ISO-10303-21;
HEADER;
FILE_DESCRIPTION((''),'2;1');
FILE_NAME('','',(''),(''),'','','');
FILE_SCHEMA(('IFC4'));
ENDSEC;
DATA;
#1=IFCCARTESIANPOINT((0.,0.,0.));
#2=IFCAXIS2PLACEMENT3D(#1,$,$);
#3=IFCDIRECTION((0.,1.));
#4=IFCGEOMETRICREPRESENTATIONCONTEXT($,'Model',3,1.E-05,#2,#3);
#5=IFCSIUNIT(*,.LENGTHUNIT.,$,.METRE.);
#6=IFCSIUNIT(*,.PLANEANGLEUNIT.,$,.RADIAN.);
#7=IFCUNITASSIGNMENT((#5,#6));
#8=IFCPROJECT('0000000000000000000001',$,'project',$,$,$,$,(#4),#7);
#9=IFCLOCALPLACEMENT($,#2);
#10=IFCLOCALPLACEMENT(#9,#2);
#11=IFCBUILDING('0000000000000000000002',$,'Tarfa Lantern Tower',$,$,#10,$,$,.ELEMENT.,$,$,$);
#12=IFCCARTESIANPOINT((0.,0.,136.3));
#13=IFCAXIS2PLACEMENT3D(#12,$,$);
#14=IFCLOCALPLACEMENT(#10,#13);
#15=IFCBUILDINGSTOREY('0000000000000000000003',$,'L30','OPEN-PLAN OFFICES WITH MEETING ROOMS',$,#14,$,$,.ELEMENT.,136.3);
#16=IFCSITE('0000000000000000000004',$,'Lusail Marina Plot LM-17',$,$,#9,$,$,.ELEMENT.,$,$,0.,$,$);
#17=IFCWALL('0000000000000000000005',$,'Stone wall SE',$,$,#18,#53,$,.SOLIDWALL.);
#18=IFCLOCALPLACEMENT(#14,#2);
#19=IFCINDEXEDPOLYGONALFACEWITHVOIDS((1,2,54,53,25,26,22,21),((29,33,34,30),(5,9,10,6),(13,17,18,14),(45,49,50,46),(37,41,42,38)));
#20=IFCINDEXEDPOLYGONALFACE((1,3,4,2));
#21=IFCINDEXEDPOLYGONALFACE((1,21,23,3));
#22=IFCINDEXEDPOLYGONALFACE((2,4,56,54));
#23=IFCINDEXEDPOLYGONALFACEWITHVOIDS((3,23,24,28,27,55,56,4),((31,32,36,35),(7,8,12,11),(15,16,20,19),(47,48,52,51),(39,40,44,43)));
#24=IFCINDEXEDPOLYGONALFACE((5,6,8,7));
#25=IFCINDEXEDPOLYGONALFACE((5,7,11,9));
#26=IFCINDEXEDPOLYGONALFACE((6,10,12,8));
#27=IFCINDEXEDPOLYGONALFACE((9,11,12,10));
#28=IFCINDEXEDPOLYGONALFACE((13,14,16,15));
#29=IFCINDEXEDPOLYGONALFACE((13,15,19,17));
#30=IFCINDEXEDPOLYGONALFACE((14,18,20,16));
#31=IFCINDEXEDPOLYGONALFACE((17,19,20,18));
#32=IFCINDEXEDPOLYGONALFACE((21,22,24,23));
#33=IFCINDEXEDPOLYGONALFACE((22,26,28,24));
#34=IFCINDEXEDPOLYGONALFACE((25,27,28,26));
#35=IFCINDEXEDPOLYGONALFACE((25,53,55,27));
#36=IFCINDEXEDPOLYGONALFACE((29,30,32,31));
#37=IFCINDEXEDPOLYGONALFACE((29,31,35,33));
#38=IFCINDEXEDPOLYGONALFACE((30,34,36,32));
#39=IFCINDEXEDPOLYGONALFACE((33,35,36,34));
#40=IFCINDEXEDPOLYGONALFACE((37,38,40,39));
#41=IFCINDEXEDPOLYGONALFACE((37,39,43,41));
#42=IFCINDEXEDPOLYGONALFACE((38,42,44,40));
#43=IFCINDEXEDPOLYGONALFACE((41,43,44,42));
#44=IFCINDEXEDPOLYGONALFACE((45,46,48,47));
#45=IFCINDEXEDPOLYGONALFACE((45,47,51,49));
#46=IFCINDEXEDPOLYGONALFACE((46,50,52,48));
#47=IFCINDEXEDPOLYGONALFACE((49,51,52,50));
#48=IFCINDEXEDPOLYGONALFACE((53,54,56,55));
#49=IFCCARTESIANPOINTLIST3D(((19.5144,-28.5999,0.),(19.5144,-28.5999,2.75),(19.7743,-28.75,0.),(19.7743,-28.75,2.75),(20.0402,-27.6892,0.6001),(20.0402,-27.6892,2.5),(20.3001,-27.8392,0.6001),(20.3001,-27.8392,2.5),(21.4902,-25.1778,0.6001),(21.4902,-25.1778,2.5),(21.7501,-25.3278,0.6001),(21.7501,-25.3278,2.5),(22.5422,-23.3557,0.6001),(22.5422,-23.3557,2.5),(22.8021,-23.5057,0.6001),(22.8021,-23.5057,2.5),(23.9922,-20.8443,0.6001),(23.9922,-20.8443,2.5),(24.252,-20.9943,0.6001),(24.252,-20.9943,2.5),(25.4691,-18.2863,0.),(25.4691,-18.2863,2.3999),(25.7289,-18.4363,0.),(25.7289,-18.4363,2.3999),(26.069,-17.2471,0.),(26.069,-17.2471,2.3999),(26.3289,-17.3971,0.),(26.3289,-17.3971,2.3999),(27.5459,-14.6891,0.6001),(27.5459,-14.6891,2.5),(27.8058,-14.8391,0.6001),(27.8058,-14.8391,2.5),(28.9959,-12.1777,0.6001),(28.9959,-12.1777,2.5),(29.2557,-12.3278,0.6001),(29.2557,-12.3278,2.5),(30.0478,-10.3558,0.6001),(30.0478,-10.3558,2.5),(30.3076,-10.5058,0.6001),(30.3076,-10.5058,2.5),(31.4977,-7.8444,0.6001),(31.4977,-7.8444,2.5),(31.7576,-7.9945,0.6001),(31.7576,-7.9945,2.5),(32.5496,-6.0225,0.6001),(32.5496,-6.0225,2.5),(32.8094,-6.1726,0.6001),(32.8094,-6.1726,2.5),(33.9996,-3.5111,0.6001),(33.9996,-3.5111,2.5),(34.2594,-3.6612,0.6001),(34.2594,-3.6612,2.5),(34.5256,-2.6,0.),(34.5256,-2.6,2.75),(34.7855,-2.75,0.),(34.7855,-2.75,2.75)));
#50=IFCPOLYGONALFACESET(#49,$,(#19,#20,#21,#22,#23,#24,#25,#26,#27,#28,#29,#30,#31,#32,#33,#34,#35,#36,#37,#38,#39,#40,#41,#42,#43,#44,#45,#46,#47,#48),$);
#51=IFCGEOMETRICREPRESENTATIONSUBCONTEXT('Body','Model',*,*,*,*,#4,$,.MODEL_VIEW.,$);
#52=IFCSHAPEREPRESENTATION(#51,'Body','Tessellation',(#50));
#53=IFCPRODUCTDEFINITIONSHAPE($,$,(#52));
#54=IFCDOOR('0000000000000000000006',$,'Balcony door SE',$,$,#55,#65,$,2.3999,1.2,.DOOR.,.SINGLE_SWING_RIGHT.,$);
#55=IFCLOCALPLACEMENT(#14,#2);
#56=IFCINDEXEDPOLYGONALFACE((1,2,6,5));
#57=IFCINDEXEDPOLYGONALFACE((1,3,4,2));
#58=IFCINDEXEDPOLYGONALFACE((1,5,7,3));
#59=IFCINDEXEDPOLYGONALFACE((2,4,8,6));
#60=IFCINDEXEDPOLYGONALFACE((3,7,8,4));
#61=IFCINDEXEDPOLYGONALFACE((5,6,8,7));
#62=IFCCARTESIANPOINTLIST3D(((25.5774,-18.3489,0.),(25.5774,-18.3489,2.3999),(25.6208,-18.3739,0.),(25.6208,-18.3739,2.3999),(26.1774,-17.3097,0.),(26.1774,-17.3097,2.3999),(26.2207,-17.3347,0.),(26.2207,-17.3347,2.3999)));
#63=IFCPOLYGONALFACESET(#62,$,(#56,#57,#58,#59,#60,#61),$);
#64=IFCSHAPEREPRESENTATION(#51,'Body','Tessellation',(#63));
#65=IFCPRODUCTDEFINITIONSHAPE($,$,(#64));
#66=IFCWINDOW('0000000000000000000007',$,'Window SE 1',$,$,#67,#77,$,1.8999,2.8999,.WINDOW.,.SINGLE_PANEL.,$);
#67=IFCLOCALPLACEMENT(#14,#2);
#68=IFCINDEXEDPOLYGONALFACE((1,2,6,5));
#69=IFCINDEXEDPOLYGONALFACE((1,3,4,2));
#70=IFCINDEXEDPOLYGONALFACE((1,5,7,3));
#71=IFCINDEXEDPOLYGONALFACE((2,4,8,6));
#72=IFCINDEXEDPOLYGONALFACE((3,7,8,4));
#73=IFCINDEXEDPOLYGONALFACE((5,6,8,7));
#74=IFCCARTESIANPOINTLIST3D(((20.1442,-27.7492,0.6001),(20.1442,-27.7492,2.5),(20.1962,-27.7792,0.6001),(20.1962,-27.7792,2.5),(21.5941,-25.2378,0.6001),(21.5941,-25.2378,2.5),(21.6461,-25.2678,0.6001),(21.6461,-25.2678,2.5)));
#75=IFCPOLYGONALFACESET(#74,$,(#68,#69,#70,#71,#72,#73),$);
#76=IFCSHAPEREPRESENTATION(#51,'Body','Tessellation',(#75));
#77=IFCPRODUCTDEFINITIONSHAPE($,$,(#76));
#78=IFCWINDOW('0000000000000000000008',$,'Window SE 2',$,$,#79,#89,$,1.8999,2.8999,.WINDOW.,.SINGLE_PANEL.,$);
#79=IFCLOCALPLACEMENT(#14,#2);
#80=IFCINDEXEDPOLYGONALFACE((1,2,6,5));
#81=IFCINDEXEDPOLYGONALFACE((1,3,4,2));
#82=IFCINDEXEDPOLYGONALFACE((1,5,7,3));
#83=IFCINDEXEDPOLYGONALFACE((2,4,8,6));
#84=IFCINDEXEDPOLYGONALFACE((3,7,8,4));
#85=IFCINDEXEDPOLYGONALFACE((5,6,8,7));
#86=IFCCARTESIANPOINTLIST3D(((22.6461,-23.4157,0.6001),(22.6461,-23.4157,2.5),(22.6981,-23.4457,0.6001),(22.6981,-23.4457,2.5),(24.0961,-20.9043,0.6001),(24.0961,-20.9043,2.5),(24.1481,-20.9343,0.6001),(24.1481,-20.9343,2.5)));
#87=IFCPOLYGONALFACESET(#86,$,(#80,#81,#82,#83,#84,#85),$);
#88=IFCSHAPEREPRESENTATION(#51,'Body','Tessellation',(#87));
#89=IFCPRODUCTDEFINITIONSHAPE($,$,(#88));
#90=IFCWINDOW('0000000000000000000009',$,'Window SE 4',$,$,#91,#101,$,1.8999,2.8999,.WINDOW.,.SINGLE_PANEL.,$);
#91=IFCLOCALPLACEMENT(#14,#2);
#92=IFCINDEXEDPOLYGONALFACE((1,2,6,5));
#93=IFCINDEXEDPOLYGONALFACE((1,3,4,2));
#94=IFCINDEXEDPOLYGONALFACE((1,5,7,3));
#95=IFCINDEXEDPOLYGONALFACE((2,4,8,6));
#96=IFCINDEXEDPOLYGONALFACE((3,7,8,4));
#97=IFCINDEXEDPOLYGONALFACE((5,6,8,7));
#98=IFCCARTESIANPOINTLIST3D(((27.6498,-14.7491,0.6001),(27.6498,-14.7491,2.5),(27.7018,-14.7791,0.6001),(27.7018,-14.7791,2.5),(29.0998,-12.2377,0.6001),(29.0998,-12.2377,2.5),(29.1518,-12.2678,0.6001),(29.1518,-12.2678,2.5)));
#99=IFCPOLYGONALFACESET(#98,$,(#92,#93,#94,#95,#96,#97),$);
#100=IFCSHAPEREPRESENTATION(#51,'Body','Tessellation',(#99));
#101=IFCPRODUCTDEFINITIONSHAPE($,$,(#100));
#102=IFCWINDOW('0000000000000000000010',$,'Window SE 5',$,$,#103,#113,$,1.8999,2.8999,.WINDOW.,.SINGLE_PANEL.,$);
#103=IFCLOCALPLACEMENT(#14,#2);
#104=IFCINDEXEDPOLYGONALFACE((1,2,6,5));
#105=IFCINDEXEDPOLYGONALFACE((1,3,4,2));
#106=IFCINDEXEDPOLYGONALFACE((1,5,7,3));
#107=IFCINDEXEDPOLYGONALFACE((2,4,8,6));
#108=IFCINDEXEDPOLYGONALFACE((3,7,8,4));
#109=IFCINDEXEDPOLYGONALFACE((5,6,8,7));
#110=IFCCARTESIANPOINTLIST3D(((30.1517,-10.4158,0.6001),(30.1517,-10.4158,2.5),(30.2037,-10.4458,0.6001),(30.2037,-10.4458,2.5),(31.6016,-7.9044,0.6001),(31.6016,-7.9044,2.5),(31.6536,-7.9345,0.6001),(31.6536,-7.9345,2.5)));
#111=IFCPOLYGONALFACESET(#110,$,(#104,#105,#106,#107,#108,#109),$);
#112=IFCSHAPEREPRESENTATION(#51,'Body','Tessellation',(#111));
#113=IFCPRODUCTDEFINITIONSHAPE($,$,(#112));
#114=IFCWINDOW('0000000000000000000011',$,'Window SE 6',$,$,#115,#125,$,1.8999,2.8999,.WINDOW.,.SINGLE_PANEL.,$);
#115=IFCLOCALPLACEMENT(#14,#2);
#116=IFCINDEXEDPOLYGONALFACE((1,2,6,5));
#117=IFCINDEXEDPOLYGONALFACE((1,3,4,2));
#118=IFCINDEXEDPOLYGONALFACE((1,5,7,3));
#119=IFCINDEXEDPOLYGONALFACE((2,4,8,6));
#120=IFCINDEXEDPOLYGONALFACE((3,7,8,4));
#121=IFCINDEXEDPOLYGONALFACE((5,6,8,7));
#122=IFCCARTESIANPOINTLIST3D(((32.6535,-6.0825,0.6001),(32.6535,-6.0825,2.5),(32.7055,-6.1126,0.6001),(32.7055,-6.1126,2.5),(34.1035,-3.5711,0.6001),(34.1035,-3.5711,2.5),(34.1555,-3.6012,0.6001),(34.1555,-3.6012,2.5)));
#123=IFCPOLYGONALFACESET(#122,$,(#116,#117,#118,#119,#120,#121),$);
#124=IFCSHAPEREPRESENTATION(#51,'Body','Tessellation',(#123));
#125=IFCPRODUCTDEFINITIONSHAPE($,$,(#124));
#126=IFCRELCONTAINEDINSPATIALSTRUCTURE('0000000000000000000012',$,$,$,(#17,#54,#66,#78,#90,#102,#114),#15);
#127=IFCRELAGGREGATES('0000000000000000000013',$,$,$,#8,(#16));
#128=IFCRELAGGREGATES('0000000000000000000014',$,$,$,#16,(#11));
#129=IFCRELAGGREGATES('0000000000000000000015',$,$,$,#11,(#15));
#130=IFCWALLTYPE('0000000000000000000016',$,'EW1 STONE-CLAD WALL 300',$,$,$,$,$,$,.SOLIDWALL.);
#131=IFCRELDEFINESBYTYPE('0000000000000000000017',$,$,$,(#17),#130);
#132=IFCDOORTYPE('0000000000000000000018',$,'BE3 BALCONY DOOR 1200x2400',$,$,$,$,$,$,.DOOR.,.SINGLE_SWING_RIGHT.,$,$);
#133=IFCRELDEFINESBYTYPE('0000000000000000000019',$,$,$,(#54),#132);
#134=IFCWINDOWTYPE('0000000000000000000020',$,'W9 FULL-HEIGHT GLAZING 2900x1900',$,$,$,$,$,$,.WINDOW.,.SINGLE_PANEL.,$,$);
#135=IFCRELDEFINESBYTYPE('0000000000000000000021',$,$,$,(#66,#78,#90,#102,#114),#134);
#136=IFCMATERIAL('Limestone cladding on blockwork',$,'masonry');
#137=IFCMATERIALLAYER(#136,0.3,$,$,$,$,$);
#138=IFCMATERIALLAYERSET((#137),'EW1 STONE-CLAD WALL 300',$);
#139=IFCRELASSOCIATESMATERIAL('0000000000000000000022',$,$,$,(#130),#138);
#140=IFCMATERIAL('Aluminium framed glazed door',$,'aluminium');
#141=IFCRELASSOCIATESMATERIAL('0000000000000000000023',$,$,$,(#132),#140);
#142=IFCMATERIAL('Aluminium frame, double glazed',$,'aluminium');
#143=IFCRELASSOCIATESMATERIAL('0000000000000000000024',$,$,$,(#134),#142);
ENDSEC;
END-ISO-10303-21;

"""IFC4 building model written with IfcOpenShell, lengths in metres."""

from ifc_helpers import new_model, si_unit, direction, frame, frame_2d, origin, place, context, subcontext, project, spatial, rectangle, extrude, material, layer, layer_set, type_object, element, fill, save


model = new_model("IFC4")

# Units and contexts
model_context = context("Model", 3, precision=1e-05, world=origin(), true_north=direction((0.0, 1.0)))
body_context = subcontext(model_context, "Body", "Model", "MODEL_VIEW")
ifc_project = project(units=[si_unit("LENGTHUNIT", "METRE"), si_unit("PLANEANGLEUNIT", "RADIAN")], contexts=[model_context])

# Site, building, storey
site_placement = place(None, origin())
site = spatial("IfcSite", under=ifc_project, at=site_placement, Name="Lusail Marina Plot LM-17", CompositionType="ELEMENT", RefElevation=0.0)
building_placement = place(site_placement, origin())
building = spatial("IfcBuilding", under=site, at=building_placement, Name="Tarfa Lantern Tower", CompositionType="ELEMENT")
storey_placement = place(building_placement, frame((0.0, 0.0, 136.3)))
storey = spatial("IfcBuildingStorey", under=building, at=storey_placement, Name="L30", Description="OPEN-PLAN OFFICES WITH MEETING ROOMS", CompositionType="ELEMENT", Elevation=136.3)

# Wall, openings, door, windows
ifc_material_1 = material(Name="Limestone cladding on blockwork", Category="masonry")
ifc_layer = layer(ifc_material_1, 0.3)
ifc_layer_set = layer_set([ifc_layer], Name="EW1 STONE-CLAD WALL 300")
wall_type = type_object("IfcWallType", Name="EW1 STONE-CLAD WALL 300", PredefinedType="SOLIDWALL", material=ifc_layer_set)
wall_placement = place(storey_placement, frame((19.6443, -28.675, 0.0), z_axis=(0.0, 0.0, 1.0), x_axis=(0.500003, 0.866024, 0.0)))
wall = element("IfcWall", 1, at=wall_placement, inside=storey, type_object=wall_type, Name="Stone wall SE", PredefinedType="SOLIDWALL", context=body_context, shape_type="SweptSolid", body=[
    extrude(rectangle(XDim=30.0222, YDim=0.3, at=frame_2d((15.0112, 0.0))), origin(), (0.0, 0.0, 1.0), 2.75),
])
opening_1_placement = place(wall_placement, frame((1.0518, 0.0, 0.6001)))
opening_1 = element("IfcOpeningElement", 2, at=opening_1_placement, cuts=wall, PredefinedType="OPENING", context=body_context, shape_type="SweptSolid", body=[
    extrude(rectangle(XDim=2.8999, YDim=1.8999, at=frame_2d((1.45, 0.95))), frame((0.0, 0.1599, 0.0), z_axis=(0.0, -1.0, 0.0), x_axis=(1.0, 0.0, 0.0)), (0.0, 0.0, 1.0), 0.3201),
])
opening_2_placement = place(wall_placement, frame((6.0557, 0.0, 0.6001)))
opening_2 = element("IfcOpeningElement", 3, at=opening_2_placement, cuts=wall, PredefinedType="OPENING", context=body_context, shape_type="SweptSolid", body=[
    extrude(rectangle(XDim=2.8999, YDim=1.8999, at=frame_2d((1.45, 0.95))), frame((0.0, 0.1599, 0.0), z_axis=(0.0, -1.0, 0.0), x_axis=(1.0, 0.0, 0.0)), (0.0, 0.0, 1.0), 0.3201),
])
opening_3_placement = place(wall_placement, frame((11.9092, 0.0, 0.0)))
opening_3 = element("IfcOpeningElement", 4, at=opening_3_placement, cuts=wall, PredefinedType="OPENING", context=body_context, shape_type="SweptSolid", body=[
    extrude(rectangle(XDim=1.2, YDim=2.3999, at=frame_2d((0.6001, 1.2))), frame((0.0, 0.1599, 0.0), z_axis=(0.0, -1.0, 0.0), x_axis=(1.0, 0.0, 0.0)), (0.0, 0.0, 1.0), 0.3201),
])
opening_4_placement = place(wall_placement, frame((16.063, 0.0, 0.6001)))
opening_4 = element("IfcOpeningElement", 5, at=opening_4_placement, cuts=wall, PredefinedType="OPENING", context=body_context, shape_type="SweptSolid", body=[
    extrude(rectangle(XDim=2.8999, YDim=1.8999, at=frame_2d((1.45, 0.95))), frame((0.0, 0.1599, 0.0), z_axis=(0.0, -1.0, 0.0), x_axis=(1.0, 0.0, 0.0)), (0.0, 0.0, 1.0), 0.3201),
])
opening_5_placement = place(wall_placement, frame((21.0667, 0.0, 0.6001)))
opening_5 = element("IfcOpeningElement", 6, at=opening_5_placement, cuts=wall, PredefinedType="OPENING", context=body_context, shape_type="SweptSolid", body=[
    extrude(rectangle(XDim=2.8999, YDim=1.8999, at=frame_2d((1.45, 0.95))), frame((0.0, 0.1599, 0.0), z_axis=(0.0, -1.0, 0.0), x_axis=(1.0, 0.0, 0.0)), (0.0, 0.0, 1.0), 0.3201),
])
opening_6_placement = place(wall_placement, frame((26.0703, 0.0, 0.6001)))
opening_6 = element("IfcOpeningElement", 7, at=opening_6_placement, cuts=wall, PredefinedType="OPENING", context=body_context, shape_type="SweptSolid", body=[
    extrude(rectangle(XDim=2.8999, YDim=1.8999, at=frame_2d((1.45, 0.95))), frame((0.0, 0.1599, 0.0), z_axis=(0.0, -1.0, 0.0), x_axis=(1.0, 0.0, 0.0)), (0.0, 0.0, 1.0), 0.3201),
])
ifc_material_2 = material(Name="Aluminium framed glazed door", Category="aluminium")
door_type = type_object("IfcDoorType", Name="BE3 BALCONY DOOR 1200x2400", OperationType="SINGLE_SWING_RIGHT", PredefinedType="DOOR", material=ifc_material_2)
door_placement = place(opening_3_placement, origin())
door = element("IfcDoor", 8, at=door_placement, inside=storey, type_object=door_type, Name="Balcony door SE", OperationType="SINGLE_SWING_RIGHT", OverallHeight=2.3999, OverallWidth=1.2, PredefinedType="DOOR", context=body_context, shape_type="SweptSolid", body=[
    extrude(rectangle(XDim=1.2, YDim=2.3999, at=frame_2d((0.6001, 1.2))), frame((0.0, 0.0249, 0.0), z_axis=(0.0, -1.0, 0.0), x_axis=(1.0, 0.0, 0.0)), (0.0, 0.0, 1.0), 0.05),
])
fill(opening_3, door)
ifc_material_3 = material(Name="Aluminium frame, double glazed", Category="aluminium")
window_type = type_object("IfcWindowType", Name="W9 FULL-HEIGHT GLAZING 2900x1900", PartitioningType="SINGLE_PANEL", PredefinedType="WINDOW", material=ifc_material_3)
window_1_placement = place(opening_1_placement, origin())
window_1 = element("IfcWindow", 9, at=window_1_placement, inside=storey, type_object=window_type, Name="Window SE 1", OverallHeight=1.8999, OverallWidth=2.8999, PartitioningType="SINGLE_PANEL", PredefinedType="WINDOW", context=body_context, shape_type="SweptSolid", body=[
    extrude(rectangle(XDim=2.8999, YDim=1.8999, at=frame_2d((1.45, 0.95))), frame((0.0, 0.03, 0.0), z_axis=(0.0, -1.0, 0.0), x_axis=(1.0, 0.0, 0.0)), (0.0, 0.0, 1.0), 0.0601),
])
fill(opening_1, window_1)
window_2_placement = place(opening_2_placement, origin())
window_2 = element("IfcWindow", 10, at=window_2_placement, inside=storey, type_object=window_type, Name="Window SE 2", OverallHeight=1.8999, OverallWidth=2.8999, PartitioningType="SINGLE_PANEL", PredefinedType="WINDOW", context=body_context, shape_type="SweptSolid", body=[
    extrude(rectangle(XDim=2.8999, YDim=1.8999, at=frame_2d((1.45, 0.95))), frame((0.0, 0.03, 0.0), z_axis=(0.0, -1.0, 0.0), x_axis=(1.0, 0.0, 0.0)), (0.0, 0.0, 1.0), 0.0601),
])
fill(opening_2, window_2)
window_3_placement = place(opening_4_placement, origin())
window_3 = element("IfcWindow", 11, at=window_3_placement, inside=storey, type_object=window_type, Name="Window SE 4", OverallHeight=1.8999, OverallWidth=2.8999, PartitioningType="SINGLE_PANEL", PredefinedType="WINDOW", context=body_context, shape_type="SweptSolid", body=[
    extrude(rectangle(XDim=2.8999, YDim=1.8999, at=frame_2d((1.45, 0.95))), frame((0.0, 0.03, 0.0), z_axis=(0.0, -1.0, 0.0), x_axis=(1.0, 0.0, 0.0)), (0.0, 0.0, 1.0), 0.0601),
])
fill(opening_4, window_3)
window_4_placement = place(opening_5_placement, origin())
window_4 = element("IfcWindow", 12, at=window_4_placement, inside=storey, type_object=window_type, Name="Window SE 5", OverallHeight=1.8999, OverallWidth=2.8999, PartitioningType="SINGLE_PANEL", PredefinedType="WINDOW", context=body_context, shape_type="SweptSolid", body=[
    extrude(rectangle(XDim=2.8999, YDim=1.8999, at=frame_2d((1.45, 0.95))), frame((0.0, 0.03, 0.0), z_axis=(0.0, -1.0, 0.0), x_axis=(1.0, 0.0, 0.0)), (0.0, 0.0, 1.0), 0.0601),
])
fill(opening_5, window_4)
window_5_placement = place(opening_6_placement, origin())
window_5 = element("IfcWindow", 13, at=window_5_placement, inside=storey, type_object=window_type, Name="Window SE 6", OverallHeight=1.8999, OverallWidth=2.8999, PartitioningType="SINGLE_PANEL", PredefinedType="WINDOW", context=body_context, shape_type="SweptSolid", body=[
    extrude(rectangle(XDim=2.8999, YDim=1.8999, at=frame_2d((1.45, 0.95))), frame((0.0, 0.03, 0.0), z_axis=(0.0, -1.0, 0.0), x_axis=(1.0, 0.0, 0.0)), (0.0, 0.0, 1.0), 0.0601),
])
fill(opening_6, window_5)

save(model, "model.ifc")
